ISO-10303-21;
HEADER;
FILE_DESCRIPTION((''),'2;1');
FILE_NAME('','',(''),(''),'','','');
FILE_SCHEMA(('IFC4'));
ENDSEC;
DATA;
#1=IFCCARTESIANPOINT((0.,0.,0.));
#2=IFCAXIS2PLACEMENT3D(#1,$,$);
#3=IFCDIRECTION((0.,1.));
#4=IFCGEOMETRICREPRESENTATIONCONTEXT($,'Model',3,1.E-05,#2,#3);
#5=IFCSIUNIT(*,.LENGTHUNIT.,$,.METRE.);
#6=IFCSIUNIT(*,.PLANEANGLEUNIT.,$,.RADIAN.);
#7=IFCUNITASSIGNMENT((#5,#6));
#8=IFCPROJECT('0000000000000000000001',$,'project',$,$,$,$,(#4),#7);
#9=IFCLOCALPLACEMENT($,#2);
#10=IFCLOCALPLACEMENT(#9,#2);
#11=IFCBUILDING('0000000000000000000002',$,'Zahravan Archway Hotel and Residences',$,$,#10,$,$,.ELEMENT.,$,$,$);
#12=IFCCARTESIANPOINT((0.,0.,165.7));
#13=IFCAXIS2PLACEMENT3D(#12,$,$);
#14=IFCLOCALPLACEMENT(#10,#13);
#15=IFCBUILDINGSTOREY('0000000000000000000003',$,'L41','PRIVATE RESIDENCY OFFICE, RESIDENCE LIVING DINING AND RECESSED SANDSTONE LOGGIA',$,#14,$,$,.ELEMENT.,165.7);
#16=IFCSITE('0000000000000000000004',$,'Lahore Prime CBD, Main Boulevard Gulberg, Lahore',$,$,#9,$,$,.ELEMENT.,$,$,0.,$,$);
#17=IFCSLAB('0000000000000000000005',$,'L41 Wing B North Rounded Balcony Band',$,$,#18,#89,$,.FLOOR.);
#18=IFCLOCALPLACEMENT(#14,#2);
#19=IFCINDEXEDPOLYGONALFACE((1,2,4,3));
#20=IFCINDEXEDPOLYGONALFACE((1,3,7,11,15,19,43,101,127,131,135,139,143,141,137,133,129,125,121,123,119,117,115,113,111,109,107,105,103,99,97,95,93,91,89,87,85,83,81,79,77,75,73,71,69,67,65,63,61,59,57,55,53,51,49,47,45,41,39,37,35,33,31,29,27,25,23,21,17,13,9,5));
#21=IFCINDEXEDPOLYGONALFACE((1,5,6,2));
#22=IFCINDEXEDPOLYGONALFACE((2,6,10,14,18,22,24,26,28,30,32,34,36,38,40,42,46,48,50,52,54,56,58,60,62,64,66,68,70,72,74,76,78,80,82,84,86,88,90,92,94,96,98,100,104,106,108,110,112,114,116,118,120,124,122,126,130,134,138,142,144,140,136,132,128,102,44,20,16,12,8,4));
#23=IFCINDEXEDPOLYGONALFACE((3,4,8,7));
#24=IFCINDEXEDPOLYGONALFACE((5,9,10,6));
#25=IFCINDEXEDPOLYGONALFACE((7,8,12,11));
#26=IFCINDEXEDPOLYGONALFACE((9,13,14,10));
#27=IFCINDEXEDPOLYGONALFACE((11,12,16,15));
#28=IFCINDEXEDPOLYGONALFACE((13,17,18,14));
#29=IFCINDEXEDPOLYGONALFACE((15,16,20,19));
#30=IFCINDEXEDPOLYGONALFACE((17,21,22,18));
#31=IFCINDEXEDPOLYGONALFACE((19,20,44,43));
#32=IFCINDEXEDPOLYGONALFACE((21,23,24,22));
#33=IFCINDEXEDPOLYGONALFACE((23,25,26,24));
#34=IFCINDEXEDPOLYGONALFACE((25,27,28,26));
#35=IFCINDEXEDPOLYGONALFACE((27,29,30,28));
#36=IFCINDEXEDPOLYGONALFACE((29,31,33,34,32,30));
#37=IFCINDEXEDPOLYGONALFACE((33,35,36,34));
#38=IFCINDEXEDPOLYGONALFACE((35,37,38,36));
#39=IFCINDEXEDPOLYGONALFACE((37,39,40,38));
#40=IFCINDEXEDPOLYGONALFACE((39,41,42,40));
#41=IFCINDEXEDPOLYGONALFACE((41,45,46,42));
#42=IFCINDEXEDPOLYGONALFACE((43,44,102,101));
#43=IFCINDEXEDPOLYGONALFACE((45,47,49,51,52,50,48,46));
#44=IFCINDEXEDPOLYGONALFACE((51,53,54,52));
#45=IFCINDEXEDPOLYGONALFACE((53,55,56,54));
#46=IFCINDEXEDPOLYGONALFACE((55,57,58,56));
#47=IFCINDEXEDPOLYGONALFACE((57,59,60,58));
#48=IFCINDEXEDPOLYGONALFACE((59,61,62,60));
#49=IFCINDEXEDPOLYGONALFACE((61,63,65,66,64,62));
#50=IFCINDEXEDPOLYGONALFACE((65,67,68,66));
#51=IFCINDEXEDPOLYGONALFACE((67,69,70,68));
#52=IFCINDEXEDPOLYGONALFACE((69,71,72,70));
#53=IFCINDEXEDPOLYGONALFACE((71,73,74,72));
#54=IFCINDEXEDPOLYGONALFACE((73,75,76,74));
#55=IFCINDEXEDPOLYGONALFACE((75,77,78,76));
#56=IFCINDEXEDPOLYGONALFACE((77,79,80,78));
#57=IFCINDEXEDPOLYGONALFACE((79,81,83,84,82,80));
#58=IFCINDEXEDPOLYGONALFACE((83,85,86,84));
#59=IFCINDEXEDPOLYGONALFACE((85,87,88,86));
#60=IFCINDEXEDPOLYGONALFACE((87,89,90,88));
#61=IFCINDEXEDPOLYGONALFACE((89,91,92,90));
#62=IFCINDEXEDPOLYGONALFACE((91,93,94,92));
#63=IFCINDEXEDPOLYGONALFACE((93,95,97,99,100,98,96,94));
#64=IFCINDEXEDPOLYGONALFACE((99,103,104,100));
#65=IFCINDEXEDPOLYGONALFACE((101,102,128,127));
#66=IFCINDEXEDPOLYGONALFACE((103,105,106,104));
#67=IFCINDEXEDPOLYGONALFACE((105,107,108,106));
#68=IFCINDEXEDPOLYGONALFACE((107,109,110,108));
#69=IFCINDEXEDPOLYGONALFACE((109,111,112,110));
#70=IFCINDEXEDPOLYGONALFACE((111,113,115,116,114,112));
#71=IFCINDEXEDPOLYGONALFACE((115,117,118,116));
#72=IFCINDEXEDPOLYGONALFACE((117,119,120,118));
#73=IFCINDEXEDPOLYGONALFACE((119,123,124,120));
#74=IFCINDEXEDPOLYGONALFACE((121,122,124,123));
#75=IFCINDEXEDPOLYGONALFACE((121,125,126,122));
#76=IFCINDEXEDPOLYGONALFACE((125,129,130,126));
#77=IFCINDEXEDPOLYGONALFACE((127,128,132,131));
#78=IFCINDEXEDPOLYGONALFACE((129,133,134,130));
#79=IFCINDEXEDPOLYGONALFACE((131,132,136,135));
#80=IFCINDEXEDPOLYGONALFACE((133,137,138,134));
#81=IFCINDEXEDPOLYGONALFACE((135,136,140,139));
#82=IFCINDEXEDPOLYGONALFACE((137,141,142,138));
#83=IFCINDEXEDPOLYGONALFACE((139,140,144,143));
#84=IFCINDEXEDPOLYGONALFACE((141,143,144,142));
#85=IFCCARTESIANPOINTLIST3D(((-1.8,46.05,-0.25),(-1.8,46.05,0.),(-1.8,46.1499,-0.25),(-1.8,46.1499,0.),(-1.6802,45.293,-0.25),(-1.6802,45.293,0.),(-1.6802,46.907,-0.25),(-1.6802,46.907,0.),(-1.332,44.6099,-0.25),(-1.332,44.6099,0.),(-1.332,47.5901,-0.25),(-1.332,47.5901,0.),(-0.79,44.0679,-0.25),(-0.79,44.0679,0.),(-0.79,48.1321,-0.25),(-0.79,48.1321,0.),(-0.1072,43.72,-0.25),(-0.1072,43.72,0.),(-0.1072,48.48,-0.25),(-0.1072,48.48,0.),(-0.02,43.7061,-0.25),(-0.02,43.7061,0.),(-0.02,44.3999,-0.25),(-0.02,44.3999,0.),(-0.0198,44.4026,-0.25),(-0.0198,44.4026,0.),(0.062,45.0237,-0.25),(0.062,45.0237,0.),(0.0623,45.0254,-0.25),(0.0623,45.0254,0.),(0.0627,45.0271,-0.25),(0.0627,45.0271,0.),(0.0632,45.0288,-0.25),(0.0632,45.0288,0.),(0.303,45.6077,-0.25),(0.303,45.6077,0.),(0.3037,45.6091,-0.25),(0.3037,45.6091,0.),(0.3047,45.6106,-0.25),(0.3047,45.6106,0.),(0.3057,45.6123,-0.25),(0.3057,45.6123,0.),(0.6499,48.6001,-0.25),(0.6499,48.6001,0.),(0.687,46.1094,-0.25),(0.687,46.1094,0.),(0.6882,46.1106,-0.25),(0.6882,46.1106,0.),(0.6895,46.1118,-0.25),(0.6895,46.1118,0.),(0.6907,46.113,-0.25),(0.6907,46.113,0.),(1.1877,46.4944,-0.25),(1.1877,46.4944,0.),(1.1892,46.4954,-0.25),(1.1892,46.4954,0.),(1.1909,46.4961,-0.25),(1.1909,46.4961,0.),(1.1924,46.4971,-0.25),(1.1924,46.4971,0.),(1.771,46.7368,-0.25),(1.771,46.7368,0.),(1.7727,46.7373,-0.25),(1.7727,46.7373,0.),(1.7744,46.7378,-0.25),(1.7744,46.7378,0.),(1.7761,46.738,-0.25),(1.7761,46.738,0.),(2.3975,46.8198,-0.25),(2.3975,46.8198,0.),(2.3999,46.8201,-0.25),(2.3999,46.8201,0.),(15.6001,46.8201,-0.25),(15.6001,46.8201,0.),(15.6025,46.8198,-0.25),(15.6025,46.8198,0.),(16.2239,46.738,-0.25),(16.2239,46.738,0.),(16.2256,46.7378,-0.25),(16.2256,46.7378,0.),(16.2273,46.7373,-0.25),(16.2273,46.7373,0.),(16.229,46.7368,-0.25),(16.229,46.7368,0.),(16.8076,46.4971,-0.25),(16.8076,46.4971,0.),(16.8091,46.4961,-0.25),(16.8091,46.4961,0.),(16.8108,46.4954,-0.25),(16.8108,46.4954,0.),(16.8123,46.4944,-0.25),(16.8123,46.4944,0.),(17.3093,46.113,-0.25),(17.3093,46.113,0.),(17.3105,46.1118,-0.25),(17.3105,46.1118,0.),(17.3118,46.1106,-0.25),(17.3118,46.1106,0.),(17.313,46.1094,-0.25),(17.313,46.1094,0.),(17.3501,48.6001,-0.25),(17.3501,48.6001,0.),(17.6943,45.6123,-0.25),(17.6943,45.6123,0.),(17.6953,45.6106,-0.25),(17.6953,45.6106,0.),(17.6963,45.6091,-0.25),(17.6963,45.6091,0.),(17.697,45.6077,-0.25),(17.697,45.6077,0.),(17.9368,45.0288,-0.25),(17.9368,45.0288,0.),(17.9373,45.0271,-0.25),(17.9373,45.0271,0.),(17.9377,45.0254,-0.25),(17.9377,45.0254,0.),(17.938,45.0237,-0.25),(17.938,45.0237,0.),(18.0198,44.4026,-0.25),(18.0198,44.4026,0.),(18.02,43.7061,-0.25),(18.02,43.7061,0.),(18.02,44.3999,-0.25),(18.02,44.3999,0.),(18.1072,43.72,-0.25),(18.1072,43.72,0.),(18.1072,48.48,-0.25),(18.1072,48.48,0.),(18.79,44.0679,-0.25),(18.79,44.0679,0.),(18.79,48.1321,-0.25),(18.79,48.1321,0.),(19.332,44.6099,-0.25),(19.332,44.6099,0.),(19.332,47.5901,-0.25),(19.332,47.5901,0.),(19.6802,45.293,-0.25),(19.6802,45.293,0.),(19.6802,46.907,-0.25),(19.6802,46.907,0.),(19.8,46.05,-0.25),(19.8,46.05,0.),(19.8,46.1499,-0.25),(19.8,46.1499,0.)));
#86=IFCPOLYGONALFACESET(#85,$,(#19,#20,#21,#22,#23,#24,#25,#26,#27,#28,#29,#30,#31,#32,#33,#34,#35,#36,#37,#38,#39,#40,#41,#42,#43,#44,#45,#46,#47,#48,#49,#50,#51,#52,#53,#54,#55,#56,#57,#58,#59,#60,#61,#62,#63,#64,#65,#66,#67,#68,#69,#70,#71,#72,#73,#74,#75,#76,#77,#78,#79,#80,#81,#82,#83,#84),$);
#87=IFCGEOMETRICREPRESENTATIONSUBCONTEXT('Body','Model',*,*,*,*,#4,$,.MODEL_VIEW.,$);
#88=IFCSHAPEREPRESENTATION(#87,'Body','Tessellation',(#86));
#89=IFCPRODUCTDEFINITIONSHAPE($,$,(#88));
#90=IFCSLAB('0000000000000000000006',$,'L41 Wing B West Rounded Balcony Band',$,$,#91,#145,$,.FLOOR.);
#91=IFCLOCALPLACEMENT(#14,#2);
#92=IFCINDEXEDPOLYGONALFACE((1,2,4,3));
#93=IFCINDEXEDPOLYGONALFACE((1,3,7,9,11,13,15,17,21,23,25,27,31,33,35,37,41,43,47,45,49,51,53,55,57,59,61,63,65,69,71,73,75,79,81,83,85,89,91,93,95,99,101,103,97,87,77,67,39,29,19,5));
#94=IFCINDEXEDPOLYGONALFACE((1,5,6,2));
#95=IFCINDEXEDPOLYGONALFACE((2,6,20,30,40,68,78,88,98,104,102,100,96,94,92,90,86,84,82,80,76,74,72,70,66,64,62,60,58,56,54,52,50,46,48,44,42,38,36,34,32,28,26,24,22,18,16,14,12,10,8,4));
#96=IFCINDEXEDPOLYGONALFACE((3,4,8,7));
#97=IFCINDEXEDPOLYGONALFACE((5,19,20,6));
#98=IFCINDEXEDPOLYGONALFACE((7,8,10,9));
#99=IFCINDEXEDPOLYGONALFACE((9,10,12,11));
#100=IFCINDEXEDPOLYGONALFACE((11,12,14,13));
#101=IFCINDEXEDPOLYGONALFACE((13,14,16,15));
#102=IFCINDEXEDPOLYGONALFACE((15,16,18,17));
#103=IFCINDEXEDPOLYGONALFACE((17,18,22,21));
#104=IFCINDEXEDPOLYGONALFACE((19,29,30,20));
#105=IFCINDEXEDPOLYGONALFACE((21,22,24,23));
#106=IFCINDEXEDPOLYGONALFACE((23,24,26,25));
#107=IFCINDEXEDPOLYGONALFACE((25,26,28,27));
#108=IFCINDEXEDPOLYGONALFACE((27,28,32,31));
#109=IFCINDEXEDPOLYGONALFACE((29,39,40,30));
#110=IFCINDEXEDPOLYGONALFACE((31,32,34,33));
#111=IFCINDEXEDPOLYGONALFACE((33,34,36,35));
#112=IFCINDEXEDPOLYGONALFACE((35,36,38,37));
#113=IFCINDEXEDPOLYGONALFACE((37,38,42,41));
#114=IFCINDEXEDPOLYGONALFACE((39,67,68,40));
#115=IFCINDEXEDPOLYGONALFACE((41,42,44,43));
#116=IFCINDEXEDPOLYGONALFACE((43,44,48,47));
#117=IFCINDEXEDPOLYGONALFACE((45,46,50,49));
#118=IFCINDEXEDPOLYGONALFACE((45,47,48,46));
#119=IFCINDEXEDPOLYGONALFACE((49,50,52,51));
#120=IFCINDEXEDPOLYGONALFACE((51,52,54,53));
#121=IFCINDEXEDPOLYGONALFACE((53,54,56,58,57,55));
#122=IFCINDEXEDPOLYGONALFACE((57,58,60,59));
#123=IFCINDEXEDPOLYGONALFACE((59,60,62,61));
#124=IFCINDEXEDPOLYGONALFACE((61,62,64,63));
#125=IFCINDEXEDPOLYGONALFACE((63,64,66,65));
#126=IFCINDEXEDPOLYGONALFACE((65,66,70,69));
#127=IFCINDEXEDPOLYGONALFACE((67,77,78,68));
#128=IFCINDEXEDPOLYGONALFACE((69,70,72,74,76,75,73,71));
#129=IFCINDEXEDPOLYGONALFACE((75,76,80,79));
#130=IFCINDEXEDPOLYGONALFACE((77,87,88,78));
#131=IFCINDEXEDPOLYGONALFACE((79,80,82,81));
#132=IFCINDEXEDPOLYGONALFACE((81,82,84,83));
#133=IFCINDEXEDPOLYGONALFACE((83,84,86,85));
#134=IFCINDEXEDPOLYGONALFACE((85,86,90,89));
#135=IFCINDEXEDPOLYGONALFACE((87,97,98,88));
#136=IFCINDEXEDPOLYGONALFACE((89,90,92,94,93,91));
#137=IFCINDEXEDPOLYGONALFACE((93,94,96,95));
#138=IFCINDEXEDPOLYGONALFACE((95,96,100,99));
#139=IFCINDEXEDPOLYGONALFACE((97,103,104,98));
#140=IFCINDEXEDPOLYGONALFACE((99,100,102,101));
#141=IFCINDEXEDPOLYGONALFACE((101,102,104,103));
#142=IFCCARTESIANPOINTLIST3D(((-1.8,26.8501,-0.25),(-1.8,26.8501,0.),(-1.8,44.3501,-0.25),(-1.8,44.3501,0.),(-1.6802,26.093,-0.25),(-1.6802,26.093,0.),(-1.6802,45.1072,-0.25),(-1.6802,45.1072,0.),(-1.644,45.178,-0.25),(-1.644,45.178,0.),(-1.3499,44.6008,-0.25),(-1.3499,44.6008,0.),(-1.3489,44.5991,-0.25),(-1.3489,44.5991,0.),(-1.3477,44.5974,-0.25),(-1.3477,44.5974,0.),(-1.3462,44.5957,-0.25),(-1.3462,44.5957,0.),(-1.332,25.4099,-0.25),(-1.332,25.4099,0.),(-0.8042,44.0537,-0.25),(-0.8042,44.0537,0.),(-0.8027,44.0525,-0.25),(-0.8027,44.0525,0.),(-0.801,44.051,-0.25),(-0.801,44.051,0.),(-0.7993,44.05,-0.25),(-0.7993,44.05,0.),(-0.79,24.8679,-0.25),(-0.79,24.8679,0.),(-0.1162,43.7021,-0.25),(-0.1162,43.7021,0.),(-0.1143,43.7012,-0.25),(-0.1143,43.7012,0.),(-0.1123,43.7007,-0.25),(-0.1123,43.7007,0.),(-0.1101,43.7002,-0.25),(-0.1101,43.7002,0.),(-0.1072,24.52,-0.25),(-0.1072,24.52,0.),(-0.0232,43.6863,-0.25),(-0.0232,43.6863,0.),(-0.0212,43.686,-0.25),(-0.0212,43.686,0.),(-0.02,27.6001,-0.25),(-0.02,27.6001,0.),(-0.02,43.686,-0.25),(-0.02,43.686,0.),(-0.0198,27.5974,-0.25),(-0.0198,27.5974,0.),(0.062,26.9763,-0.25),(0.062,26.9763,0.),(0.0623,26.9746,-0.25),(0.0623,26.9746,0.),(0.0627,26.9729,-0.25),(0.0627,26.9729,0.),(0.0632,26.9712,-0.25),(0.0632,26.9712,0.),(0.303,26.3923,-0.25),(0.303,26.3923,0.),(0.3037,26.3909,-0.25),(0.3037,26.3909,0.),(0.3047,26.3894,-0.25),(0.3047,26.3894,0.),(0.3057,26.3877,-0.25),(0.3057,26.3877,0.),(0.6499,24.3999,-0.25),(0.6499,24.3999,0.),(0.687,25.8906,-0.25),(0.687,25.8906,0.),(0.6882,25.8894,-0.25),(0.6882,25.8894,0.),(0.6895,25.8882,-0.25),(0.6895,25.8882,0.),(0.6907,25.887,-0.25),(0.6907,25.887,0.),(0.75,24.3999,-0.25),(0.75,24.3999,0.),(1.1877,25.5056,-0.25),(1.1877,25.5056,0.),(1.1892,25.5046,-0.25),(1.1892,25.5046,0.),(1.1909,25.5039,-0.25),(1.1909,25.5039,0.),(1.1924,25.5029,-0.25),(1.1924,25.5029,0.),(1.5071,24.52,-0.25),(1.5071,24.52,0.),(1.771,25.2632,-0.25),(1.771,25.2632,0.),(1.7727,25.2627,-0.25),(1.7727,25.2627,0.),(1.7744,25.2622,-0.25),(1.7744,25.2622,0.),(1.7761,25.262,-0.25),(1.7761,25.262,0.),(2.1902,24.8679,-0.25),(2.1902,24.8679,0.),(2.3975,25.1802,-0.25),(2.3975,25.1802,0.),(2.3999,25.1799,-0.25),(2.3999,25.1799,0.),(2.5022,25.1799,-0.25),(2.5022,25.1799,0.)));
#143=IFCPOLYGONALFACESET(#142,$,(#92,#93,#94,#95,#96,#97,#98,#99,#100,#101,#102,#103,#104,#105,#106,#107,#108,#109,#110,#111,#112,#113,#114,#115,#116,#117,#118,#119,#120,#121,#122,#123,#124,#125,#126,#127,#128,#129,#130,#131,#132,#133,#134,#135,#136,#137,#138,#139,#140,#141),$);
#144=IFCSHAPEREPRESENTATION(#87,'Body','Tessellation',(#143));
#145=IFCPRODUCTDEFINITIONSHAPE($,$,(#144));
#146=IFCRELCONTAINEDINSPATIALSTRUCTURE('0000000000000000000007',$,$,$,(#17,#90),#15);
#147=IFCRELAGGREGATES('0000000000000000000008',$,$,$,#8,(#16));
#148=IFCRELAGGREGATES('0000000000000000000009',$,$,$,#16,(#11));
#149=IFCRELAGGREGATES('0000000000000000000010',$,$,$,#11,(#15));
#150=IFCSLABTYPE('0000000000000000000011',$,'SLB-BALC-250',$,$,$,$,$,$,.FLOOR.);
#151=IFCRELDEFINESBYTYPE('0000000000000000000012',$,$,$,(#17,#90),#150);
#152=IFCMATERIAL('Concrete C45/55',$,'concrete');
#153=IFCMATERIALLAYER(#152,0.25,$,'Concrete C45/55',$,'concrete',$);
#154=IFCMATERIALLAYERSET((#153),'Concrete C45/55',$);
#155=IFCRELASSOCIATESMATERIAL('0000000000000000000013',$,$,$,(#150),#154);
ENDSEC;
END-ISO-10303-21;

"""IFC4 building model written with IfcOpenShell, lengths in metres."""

from ifc_helpers import new_model, si_unit, direction, frame, origin, place, context, subcontext, project, spatial, polyline, outline, extrude, material, layer, layer_set, type_object, element, save


model = new_model("IFC4")

# Units and contexts
model_context = context("Model", 3, precision=1e-05, world=origin(), true_north=direction((0.0, 1.0)))
body_context = subcontext(model_context, "Body", "Model", "MODEL_VIEW")
ifc_project = project(units=[si_unit("LENGTHUNIT", "METRE"), si_unit("PLANEANGLEUNIT", "RADIAN")], contexts=[model_context])

# Site, building, storey
site_placement = place(None, origin())
site = spatial("IfcSite", under=ifc_project, at=site_placement, Name="Lahore Prime CBD, Main Boulevard Gulberg, Lahore", CompositionType="ELEMENT", RefElevation=0.0)
building_placement = place(site_placement, origin())
building = spatial("IfcBuilding", under=site, at=building_placement, Name="Zahravan Archway Hotel and Residences", CompositionType="ELEMENT")
storey_placement = place(building_placement, frame((0.0, 0.0, 165.7)))
storey = spatial("IfcBuildingStorey", under=building, at=storey_placement, Name="L41", Description="PRIVATE RESIDENCY OFFICE, RESIDENCE LIVING DINING AND RECESSED SANDSTONE LOGGIA", CompositionType="ELEMENT", Elevation=165.7)

# Slabs
ifc_material_1 = material(Name="Concrete C45/55", Category="concrete")
ifc_layer_1 = layer(ifc_material_1, 0.25, Name="Concrete C45/55", Category="concrete")
ifc_layer_set_1 = layer_set([ifc_layer_1], Name="Concrete C45/55")
slab_type_1 = type_object("IfcSlabType", Name="SLB-BALC-250", PredefinedType="FLOOR", material=ifc_layer_set_1)
slab_1_placement = place(storey_placement, frame((0.0, 0.0, -0.25)))
element("IfcSlab", 1, at=slab_1_placement, inside=storey, type_object=slab_type_1, Name="L41 Wing B North Rounded Balcony Band", PredefinedType="FLOOR", context=body_context, shape_type="SweptSolid", body=[
    extrude(outline(polyline([(-0.1072, 43.72), (-0.79, 44.0679), (-1.332, 44.6099), (-1.6802, 45.293), (-1.8, 46.05), (-1.8, 46.1499), (-1.6802, 46.907), (-1.332, 47.5901), (-0.79, 48.1321), (-0.1072, 48.48), (0.6499, 48.6001), (17.3501, 48.6001), (18.1072, 48.48), (18.79, 48.1321), (19.332, 47.5901), (19.6802, 46.907), (19.8, 46.1499), (19.8, 46.05), (19.6802, 45.293), (19.332, 44.6099), (18.79, 44.0679), (18.1072, 43.72), (18.02, 43.7061), (18.02, 44.3999), (18.0198, 44.4026), (17.938, 45.0237), (17.9377, 45.0254), (17.9373, 45.0271), (17.9368, 45.0288), (17.697, 45.6077), (17.6963, 45.6091), (17.6953, 45.6106), (17.6943, 45.6123), (17.313, 46.1094), (17.3118, 46.1106), (17.3105, 46.1118), (17.3093, 46.113), (16.8123, 46.4944), (16.8108, 46.4954), (16.8091, 46.4961), (16.8076, 46.4971), (16.229, 46.7368), (16.2273, 46.7373), (16.2256, 46.7378), (16.2239, 46.738), (15.6025, 46.8198), (15.6001, 46.8201), (2.3999, 46.8201), (2.3975, 46.8198), (1.7761, 46.738), (1.7744, 46.7378), (1.7727, 46.7373), (1.771, 46.7368), (1.1924, 46.4971), (1.1909, 46.4961), (1.1892, 46.4954), (1.1877, 46.4944), (0.6907, 46.113), (0.6895, 46.1118), (0.6882, 46.1106), (0.687, 46.1094), (0.3057, 45.6123), (0.3047, 45.6106), (0.3037, 45.6091), (0.303, 45.6077), (0.0632, 45.0288), (0.0627, 45.0271), (0.0623, 45.0254), (0.062, 45.0237), (-0.0198, 44.4026), (-0.02, 44.3999), (-0.02, 43.7061), (-0.1072, 43.72)])), origin(), (0.0, 0.0, 1.0), 0.25),
])
slab_2_placement = place(storey_placement, frame((0.0, 0.0, -0.25)))
element("IfcSlab", 2, at=slab_2_placement, inside=storey, type_object=slab_type_1, Name="L41 Wing B West Rounded Balcony Band", PredefinedType="FLOOR", context=body_context, shape_type="SweptSolid", body=[
    extrude(outline(polyline([(2.1902, 24.8679), (1.5071, 24.52), (0.75, 24.3999), (0.6499, 24.3999), (-0.1072, 24.52), (-0.79, 24.8679), (-1.332, 25.4099), (-1.6802, 26.093), (-1.8, 26.8501), (-1.8, 44.3501), (-1.6802, 45.1072), (-1.644, 45.178), (-1.3499, 44.6008), (-1.3489, 44.5991), (-1.3477, 44.5974), (-1.3462, 44.5957), (-0.8042, 44.0537), (-0.8027, 44.0525), (-0.801, 44.051), (-0.7993, 44.05), (-0.1162, 43.7021), (-0.1143, 43.7012), (-0.1123, 43.7007), (-0.1101, 43.7002), (-0.0232, 43.6863), (-0.0212, 43.686), (-0.02, 43.686), (-0.02, 27.6001), (-0.0198, 27.5974), (0.062, 26.9763), (0.0623, 26.9746), (0.0627, 26.9729), (0.0632, 26.9712), (0.303, 26.3923), (0.3037, 26.3909), (0.3047, 26.3894), (0.3057, 26.3877), (0.687, 25.8906), (0.6882, 25.8894), (0.6895, 25.8882), (0.6907, 25.887), (1.1877, 25.5056), (1.1892, 25.5046), (1.1909, 25.5039), (1.1924, 25.5029), (1.771, 25.2632), (1.7727, 25.2627), (1.7744, 25.2622), (1.7761, 25.262), (2.3975, 25.1802), (2.3999, 25.1799), (2.5022, 25.1799), (2.1902, 24.8679)])), origin(), (0.0, 0.0, 1.0), 0.25),
])

save(model, "model.ifc")
